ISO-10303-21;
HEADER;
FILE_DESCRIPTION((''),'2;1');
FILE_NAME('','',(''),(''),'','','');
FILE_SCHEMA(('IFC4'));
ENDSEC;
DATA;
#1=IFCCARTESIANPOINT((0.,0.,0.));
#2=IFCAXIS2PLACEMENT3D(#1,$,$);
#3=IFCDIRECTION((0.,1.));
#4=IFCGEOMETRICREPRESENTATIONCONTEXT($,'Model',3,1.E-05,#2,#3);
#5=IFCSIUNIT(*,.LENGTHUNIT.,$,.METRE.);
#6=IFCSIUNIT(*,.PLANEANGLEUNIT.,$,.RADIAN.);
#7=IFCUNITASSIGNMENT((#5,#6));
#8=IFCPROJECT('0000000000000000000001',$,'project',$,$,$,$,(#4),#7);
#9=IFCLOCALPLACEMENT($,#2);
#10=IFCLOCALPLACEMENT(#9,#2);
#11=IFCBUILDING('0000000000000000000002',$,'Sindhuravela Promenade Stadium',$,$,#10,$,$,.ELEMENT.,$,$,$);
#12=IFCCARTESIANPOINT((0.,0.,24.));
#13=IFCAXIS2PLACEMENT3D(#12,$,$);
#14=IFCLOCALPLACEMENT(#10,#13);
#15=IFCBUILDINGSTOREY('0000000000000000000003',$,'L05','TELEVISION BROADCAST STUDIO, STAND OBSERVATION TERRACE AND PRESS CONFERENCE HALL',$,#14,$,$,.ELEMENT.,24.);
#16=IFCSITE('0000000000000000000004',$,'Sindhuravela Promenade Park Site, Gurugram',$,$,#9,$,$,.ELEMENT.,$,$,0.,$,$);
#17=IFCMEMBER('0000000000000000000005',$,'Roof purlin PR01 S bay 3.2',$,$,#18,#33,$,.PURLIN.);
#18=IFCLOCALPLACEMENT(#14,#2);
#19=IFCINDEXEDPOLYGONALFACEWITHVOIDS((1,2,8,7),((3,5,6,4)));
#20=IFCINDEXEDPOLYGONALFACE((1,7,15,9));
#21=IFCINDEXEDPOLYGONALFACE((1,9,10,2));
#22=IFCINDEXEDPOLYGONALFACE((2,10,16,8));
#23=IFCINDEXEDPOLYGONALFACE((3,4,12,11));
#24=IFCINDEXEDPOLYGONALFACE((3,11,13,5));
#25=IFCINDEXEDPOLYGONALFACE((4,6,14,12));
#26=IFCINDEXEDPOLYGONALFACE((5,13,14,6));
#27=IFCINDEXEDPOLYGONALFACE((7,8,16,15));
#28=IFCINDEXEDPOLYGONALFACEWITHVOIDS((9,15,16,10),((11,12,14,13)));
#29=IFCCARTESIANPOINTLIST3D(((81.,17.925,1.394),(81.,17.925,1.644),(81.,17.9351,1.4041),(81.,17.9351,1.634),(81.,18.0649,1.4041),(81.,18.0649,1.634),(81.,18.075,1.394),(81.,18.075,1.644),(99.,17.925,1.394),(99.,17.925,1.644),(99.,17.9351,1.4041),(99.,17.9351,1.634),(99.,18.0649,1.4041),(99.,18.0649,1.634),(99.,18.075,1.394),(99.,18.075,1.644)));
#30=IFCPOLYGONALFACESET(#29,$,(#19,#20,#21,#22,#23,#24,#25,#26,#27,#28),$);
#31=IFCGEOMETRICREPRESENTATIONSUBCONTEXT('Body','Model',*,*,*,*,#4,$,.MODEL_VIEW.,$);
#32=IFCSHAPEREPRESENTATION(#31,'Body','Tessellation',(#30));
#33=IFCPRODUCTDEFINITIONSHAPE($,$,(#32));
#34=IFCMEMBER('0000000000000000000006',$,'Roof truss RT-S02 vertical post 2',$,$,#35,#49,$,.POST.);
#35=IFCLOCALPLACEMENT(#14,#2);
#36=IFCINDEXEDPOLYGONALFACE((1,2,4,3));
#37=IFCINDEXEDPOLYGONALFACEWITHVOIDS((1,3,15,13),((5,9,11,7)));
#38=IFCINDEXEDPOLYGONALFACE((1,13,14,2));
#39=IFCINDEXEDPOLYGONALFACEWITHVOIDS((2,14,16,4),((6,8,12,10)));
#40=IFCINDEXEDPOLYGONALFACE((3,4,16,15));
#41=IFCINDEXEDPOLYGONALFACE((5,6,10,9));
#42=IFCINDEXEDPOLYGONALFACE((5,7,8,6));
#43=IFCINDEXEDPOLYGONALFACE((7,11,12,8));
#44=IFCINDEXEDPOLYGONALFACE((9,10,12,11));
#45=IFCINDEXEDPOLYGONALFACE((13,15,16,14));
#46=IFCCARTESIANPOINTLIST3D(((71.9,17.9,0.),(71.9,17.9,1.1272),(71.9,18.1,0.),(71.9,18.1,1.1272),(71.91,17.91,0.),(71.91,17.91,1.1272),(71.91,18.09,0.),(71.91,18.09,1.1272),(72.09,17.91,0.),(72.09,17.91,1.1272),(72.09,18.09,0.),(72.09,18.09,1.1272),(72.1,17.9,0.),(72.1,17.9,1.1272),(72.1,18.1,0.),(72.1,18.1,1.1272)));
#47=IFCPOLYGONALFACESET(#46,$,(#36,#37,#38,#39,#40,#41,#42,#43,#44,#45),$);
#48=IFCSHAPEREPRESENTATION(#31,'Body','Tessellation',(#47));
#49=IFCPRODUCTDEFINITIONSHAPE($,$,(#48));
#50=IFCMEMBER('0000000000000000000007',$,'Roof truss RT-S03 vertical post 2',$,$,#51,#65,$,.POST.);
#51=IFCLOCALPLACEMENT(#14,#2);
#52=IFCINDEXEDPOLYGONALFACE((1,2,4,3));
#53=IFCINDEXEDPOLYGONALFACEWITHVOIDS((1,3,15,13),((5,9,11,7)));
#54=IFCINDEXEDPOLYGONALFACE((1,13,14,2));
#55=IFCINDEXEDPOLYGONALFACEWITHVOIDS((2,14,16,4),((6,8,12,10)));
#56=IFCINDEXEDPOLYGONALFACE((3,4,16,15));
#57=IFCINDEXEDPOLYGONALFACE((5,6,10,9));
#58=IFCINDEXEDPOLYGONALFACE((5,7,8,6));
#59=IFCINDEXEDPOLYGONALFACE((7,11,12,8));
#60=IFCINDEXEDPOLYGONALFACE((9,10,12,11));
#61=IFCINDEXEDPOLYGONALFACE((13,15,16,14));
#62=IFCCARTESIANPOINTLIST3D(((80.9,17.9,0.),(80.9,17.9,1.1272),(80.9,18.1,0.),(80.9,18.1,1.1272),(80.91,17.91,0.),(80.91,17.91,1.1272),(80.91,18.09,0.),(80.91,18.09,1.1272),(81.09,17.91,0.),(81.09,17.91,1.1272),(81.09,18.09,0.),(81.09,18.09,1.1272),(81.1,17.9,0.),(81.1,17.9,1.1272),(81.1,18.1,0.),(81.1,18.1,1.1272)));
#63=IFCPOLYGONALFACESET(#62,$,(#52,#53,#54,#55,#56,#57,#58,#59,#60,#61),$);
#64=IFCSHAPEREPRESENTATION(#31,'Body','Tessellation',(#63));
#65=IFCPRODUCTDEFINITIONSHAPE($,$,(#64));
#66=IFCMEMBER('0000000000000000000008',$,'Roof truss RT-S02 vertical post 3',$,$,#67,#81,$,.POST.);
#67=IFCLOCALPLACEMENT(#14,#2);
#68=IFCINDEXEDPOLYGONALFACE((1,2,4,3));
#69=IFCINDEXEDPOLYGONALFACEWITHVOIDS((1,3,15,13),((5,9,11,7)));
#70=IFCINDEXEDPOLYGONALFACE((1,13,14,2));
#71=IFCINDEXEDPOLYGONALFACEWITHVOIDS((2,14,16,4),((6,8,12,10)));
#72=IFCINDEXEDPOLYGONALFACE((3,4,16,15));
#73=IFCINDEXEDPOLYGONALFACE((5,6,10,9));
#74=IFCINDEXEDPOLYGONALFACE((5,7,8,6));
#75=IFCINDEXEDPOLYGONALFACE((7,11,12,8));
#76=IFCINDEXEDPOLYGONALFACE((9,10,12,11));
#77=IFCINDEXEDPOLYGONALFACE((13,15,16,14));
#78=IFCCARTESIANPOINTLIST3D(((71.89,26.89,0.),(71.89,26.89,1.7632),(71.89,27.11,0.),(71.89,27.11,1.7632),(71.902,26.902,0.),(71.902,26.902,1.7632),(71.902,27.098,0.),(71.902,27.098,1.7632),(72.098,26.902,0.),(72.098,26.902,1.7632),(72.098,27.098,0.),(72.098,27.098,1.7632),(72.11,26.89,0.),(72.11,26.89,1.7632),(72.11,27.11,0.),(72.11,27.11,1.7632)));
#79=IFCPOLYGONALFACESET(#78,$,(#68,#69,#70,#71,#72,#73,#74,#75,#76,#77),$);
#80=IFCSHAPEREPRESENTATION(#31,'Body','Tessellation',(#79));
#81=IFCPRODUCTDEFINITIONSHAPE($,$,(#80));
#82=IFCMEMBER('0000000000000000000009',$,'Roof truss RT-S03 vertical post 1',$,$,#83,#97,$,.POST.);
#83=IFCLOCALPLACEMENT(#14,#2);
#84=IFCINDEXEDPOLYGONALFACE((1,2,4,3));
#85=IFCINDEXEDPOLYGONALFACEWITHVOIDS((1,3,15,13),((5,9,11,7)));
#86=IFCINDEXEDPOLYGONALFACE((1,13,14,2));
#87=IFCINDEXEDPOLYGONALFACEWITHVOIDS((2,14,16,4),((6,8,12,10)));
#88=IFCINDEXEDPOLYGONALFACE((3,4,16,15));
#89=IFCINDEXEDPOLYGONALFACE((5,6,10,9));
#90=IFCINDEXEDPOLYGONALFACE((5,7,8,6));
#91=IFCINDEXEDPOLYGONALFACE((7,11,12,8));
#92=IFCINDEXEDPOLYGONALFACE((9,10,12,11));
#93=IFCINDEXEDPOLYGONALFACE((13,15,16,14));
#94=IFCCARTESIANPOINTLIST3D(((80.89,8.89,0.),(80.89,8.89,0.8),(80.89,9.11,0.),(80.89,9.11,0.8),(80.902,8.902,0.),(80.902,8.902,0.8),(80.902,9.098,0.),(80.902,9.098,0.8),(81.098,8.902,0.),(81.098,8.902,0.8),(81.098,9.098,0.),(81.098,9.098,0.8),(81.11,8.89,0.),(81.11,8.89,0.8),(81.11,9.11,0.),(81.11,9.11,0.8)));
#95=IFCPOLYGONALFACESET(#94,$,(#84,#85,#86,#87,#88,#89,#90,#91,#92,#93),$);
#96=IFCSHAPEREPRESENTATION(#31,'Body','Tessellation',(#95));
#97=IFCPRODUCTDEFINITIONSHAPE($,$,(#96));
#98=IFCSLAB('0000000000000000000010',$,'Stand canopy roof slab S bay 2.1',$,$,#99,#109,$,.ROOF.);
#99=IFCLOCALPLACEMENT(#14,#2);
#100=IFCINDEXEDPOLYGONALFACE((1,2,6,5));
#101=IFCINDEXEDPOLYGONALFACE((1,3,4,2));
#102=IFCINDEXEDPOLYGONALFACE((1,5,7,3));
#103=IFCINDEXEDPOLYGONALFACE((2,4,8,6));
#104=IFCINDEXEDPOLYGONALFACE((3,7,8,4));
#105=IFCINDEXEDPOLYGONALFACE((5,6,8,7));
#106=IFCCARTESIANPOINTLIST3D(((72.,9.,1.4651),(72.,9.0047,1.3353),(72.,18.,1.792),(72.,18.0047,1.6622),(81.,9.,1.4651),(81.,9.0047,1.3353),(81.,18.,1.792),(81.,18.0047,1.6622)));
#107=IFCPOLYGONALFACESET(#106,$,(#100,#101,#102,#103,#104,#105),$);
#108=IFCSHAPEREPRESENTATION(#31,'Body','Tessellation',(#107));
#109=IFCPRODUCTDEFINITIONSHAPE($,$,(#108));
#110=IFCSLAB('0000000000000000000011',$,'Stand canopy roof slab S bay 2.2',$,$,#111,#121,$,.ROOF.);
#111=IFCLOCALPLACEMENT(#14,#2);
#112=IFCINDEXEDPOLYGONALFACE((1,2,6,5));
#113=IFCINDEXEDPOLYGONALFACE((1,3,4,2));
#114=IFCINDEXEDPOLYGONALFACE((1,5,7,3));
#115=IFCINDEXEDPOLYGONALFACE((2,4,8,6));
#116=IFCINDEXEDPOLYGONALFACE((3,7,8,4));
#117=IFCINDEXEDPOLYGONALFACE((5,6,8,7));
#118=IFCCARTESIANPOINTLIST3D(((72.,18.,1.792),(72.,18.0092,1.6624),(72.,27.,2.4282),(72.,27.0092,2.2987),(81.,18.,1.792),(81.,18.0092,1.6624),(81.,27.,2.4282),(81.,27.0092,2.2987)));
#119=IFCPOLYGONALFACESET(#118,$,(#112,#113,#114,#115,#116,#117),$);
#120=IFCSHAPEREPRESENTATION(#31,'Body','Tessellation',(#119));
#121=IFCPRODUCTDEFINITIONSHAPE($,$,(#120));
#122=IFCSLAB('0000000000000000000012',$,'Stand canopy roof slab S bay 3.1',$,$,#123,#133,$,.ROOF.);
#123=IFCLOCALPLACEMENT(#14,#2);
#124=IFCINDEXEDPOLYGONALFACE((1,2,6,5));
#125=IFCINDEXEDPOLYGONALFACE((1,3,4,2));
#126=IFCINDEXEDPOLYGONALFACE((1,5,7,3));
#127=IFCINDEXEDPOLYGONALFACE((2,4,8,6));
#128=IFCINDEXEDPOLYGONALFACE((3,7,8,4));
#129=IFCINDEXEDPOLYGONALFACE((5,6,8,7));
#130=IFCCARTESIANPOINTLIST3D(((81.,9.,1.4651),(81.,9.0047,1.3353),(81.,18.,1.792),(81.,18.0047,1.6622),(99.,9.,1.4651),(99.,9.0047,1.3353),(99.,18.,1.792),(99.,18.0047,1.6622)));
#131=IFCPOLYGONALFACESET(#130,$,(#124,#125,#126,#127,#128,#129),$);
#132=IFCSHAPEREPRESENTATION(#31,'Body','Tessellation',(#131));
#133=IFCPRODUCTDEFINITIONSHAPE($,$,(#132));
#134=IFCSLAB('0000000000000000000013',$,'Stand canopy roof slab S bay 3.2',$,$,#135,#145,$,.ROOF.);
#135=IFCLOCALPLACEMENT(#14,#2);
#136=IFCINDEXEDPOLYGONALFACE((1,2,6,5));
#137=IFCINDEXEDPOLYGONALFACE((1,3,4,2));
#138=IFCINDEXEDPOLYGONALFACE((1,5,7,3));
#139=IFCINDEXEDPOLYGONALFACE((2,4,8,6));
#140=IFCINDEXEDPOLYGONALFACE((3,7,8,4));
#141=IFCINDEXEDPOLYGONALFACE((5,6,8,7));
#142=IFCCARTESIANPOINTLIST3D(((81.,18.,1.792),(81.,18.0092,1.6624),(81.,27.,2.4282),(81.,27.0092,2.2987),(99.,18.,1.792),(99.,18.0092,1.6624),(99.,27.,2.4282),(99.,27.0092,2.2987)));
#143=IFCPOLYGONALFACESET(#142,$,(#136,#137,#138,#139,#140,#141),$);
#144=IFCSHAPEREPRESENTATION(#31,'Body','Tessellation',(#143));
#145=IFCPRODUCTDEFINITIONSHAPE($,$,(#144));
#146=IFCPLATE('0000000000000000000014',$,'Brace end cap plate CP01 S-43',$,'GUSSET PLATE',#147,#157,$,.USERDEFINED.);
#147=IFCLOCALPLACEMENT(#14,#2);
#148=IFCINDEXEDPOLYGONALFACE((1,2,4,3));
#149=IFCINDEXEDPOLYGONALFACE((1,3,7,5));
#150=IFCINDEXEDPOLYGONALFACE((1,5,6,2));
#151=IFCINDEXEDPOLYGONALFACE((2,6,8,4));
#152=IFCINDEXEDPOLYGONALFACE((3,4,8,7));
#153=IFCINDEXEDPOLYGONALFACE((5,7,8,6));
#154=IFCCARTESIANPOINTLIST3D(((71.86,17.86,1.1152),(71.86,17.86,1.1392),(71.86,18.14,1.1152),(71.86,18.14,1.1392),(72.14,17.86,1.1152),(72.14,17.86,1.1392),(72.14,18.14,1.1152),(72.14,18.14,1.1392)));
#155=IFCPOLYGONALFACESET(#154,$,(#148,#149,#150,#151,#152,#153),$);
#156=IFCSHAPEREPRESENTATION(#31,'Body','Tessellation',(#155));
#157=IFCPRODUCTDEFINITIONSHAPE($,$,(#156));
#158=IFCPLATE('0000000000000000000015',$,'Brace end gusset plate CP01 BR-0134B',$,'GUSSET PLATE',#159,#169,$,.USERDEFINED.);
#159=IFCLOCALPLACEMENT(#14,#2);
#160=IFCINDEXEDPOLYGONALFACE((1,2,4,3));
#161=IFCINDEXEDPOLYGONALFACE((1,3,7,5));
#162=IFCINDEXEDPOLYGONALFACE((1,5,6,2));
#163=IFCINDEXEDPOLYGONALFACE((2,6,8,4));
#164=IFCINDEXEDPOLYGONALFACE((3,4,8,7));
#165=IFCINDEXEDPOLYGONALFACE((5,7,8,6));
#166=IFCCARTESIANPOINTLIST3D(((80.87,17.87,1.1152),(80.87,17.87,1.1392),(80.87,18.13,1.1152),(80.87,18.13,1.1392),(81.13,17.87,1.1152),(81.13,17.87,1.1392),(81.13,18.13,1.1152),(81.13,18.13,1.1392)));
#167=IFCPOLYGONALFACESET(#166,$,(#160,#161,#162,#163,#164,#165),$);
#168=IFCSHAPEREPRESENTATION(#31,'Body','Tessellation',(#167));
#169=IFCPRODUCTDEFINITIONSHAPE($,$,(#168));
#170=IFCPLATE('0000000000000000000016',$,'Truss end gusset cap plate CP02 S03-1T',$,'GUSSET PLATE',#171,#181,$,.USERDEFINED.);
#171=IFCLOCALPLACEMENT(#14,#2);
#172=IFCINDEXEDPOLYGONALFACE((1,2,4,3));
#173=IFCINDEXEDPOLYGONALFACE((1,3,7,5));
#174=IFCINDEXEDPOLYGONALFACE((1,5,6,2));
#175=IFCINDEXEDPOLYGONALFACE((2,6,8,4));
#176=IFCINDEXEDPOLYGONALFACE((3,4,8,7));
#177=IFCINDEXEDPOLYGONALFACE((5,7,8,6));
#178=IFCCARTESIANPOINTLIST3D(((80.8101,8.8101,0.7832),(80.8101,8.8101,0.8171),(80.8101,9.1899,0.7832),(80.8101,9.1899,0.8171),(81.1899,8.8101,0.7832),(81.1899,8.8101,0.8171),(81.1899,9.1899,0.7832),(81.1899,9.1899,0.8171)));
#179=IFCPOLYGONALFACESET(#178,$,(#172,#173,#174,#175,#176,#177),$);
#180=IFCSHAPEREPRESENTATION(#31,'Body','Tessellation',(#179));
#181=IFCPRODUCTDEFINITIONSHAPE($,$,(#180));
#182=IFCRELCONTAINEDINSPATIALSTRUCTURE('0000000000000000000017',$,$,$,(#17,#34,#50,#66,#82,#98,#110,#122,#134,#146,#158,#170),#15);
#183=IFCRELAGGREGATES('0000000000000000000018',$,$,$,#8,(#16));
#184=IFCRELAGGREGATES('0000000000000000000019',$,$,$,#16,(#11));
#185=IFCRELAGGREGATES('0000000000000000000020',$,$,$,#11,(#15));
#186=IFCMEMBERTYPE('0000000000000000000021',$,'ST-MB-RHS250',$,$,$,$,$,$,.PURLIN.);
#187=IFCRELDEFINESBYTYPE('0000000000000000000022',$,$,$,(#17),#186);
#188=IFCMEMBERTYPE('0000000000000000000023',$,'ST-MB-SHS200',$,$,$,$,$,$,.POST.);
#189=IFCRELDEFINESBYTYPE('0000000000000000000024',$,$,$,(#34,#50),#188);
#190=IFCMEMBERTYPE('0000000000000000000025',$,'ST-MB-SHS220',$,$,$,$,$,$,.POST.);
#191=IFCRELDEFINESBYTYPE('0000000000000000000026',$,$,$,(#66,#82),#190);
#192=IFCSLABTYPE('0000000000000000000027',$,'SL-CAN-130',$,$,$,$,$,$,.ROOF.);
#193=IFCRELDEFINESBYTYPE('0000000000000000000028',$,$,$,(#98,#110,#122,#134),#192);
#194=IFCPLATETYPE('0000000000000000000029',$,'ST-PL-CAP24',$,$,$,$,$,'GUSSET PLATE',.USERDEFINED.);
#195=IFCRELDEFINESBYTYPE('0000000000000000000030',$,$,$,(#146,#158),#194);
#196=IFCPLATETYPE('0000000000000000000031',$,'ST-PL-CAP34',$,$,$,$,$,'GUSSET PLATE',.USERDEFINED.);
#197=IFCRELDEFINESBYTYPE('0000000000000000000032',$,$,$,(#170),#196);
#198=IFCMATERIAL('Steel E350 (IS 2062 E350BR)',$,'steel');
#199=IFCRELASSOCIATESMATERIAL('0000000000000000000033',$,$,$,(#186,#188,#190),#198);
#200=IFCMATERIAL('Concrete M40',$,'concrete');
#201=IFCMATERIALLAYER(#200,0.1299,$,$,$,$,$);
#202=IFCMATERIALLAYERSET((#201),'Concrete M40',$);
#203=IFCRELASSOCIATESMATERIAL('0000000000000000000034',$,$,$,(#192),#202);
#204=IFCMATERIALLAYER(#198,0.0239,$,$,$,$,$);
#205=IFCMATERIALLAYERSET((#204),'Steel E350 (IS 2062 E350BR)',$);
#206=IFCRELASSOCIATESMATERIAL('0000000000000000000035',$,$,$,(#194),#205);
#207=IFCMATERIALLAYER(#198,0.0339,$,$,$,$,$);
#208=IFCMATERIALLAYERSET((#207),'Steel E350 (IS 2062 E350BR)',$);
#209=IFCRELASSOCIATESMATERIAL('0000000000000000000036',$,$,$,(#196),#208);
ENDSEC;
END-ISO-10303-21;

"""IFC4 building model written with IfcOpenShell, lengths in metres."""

from ifc_helpers import new_model, si_unit, direction, frame, origin, origin_2d, place, context, subcontext, project, spatial, polyline, rectangle, hollow_rectangle, outline, extrude, material, layer, layer_set, material_profile, profile_set, type_object, element, save


model = new_model("IFC4")

# Units and contexts
model_context = context("Model", 3, precision=1e-05, world=origin(), true_north=direction((0.0, 1.0)))
body_context = subcontext(model_context, "Body", "Model", "MODEL_VIEW")
ifc_project = project(units=[si_unit("LENGTHUNIT", "METRE"), si_unit("PLANEANGLEUNIT", "RADIAN")], contexts=[model_context])

# Site, building, storey
site_placement = place(None, origin())
site = spatial("IfcSite", under=ifc_project, at=site_placement, Name="Sindhuravela Promenade Park Site, Gurugram", CompositionType="ELEMENT", RefElevation=0.0)
building_placement = place(site_placement, origin())
building = spatial("IfcBuilding", under=site, at=building_placement, Name="Sindhuravela Promenade Stadium", CompositionType="ELEMENT")
storey_placement = place(building_placement, frame((0.0, 0.0, 24.0)))
storey = spatial("IfcBuildingStorey", under=building, at=storey_placement, Name="L05", Description="TELEVISION BROADCAST STUDIO, STAND OBSERVATION TERRACE AND PRESS CONFERENCE HALL", CompositionType="ELEMENT", Elevation=24.0)

# Shared definitions
ifc_material_1 = material(Name="Steel E350 (IS 2062 E350BR)", Category="steel")

# Members
ifc_material_profile_1 = material_profile(ifc_material_1, hollow_rectangle(XDim=0.1499, YDim=0.25, WallThickness=0.01, at=origin_2d()), Name="RHS 250x150x10")
ifc_profile_set_1 = profile_set([ifc_material_profile_1], Name="Steel E350 (IS 2062 E350BR)")
member_type_1 = type_object("IfcMemberType", Name="ST-MB-RHS250", PredefinedType="PURLIN", material=ifc_profile_set_1)
for number, where, z_axis, x_axis, name in (
    (1, (81.0, 18.0, 1.519), (1.0, 0.0, 0.0), (0.0, 1.0, 0.0), "Roof purlin PR01 S bay 3.2"),
):
    element("IfcMember", number, at=place(storey_placement, frame(where, z_axis=z_axis, x_axis=x_axis)), inside=storey, type_object=member_type_1, Name=name, PredefinedType="PURLIN", context=body_context, shape_type="SweptSolid", body=[
        extrude(hollow_rectangle(XDim=0.1499, YDim=0.25, WallThickness=0.01, at=origin_2d()), origin(), (0.0, 0.0, 1.0), 18.0),
    ])
ifc_material_profile_2 = material_profile(ifc_material_1, hollow_rectangle(XDim=0.2, YDim=0.2, WallThickness=0.01, at=origin_2d()), Name="SHS 200x200x10")
ifc_profile_set_2 = profile_set([ifc_material_profile_2], Name="Steel E350 (IS 2062 E350BR)")
member_type_2 = type_object("IfcMemberType", Name="ST-MB-SHS200", PredefinedType="POST", material=ifc_profile_set_2)
for number, where, z_axis, x_axis, name in (
    (2, (72.0, 18.0, 0.0), (0.0, 0.0, 1.0), (1.0, 0.0, 0.0), "Roof truss RT-S02 vertical post 2"),
    (3, (81.0, 18.0, 0.0), (0.0, 0.0, 1.0), (1.0, 0.0, 0.0), "Roof truss RT-S03 vertical post 2"),
):
    element("IfcMember", number, at=place(storey_placement, frame(where, z_axis=z_axis, x_axis=x_axis)), inside=storey, type_object=member_type_2, Name=name, PredefinedType="POST", context=body_context, shape_type="SweptSolid", body=[
        extrude(hollow_rectangle(XDim=0.2, YDim=0.2, WallThickness=0.01, at=origin_2d()), origin(), (0.0, 0.0, 1.0), 1.1272),
    ])
ifc_material_profile_3 = material_profile(ifc_material_1, hollow_rectangle(XDim=0.22, YDim=0.22, WallThickness=0.012, at=origin_2d()), Name="SHS 220x220x12")
ifc_profile_set_3 = profile_set([ifc_material_profile_3], Name="Steel E350 (IS 2062 E350BR)")
member_type_3 = type_object("IfcMemberType", Name="ST-MB-SHS220", PredefinedType="POST", material=ifc_profile_set_3)
member_1_placement = place(storey_placement, frame((72.0, 27.0, 0.0), z_axis=(0.0, 0.0, 1.0), x_axis=(1.0, 0.0, 0.0)))
element("IfcMember", 4, at=member_1_placement, inside=storey, type_object=member_type_3, Name="Roof truss RT-S02 vertical post 3", PredefinedType="POST", context=body_context, shape_type="SweptSolid", body=[
    extrude(hollow_rectangle(XDim=0.22, YDim=0.22, WallThickness=0.012, at=origin_2d()), origin(), (0.0, 0.0, 1.0), 1.7632),
])
member_2_placement = place(storey_placement, frame((81.0, 9.0, 0.0), z_axis=(0.0, 0.0, 1.0), x_axis=(1.0, 0.0, 0.0)))
element("IfcMember", 5, at=member_2_placement, inside=storey, type_object=member_type_3, Name="Roof truss RT-S03 vertical post 1", PredefinedType="POST", context=body_context, shape_type="SweptSolid", body=[
    extrude(hollow_rectangle(XDim=0.22, YDim=0.22, WallThickness=0.012, at=origin_2d()), origin(), (0.0, 0.0, 1.0), 0.8),
])

# Slabs
ifc_material_2 = material(Name="Concrete M40", Category="concrete")
ifc_layer_1 = layer(ifc_material_2, 0.1299)
ifc_layer_set_1 = layer_set([ifc_layer_1], Name="Concrete M40")
slab_type = type_object("IfcSlabType", Name="SL-CAN-130", PredefinedType="ROOF", material=ifc_layer_set_1)
slab_1_placement = place(storey_placement, frame((72.0, 9.0, 1.4651), z_axis=(0.0, -0.036299, 0.999341), x_axis=(1.0, 0.0, 0.0)))
element("IfcSlab", 6, at=slab_1_placement, inside=storey, type_object=slab_type, Name="Stand canopy roof slab S bay 2.1", PredefinedType="ROOF", context=body_context, shape_type="SweptSolid", body=[
    extrude(outline(polyline([(0.0, 0.0), (9.0, 0.0), (9.0, 9.0059), (0.0, 9.0059), (0.0, 0.0)])), origin(), (0.0, 0.0, -1.0), 0.1299),
])
slab_2_placement = place(storey_placement, frame((72.0, 18.0, 1.792), z_axis=(0.0, -0.070516, 0.997511), x_axis=(1.0, 0.0, 0.0)))
element("IfcSlab", 7, at=slab_2_placement, inside=storey, type_object=slab_type, Name="Stand canopy roof slab S bay 2.2", PredefinedType="ROOF", context=body_context, shape_type="SweptSolid", body=[
    extrude(outline(polyline([(0.0, 0.0), (9.0, 0.0), (9.0, 9.0225), (0.0, 9.0225), (0.0, 0.0)])), origin(), (0.0, 0.0, -1.0), 0.1299),
])
slab_3_placement = place(storey_placement, frame((81.0, 9.0, 1.4651), z_axis=(0.0, -0.036299, 0.999341), x_axis=(1.0, 0.0, 0.0)))
element("IfcSlab", 8, at=slab_3_placement, inside=storey, type_object=slab_type, Name="Stand canopy roof slab S bay 3.1", PredefinedType="ROOF", context=body_context, shape_type="SweptSolid", body=[
    extrude(outline(polyline([(0.0, 0.0), (18.0, 0.0), (18.0, 9.0059), (0.0, 9.0059), (0.0, 0.0)])), origin(), (0.0, 0.0, -1.0), 0.1299),
])
slab_4_placement = place(storey_placement, frame((81.0, 18.0, 1.792), z_axis=(0.0, -0.070516, 0.997511), x_axis=(1.0, 0.0, 0.0)))
element("IfcSlab", 9, at=slab_4_placement, inside=storey, type_object=slab_type, Name="Stand canopy roof slab S bay 3.2", PredefinedType="ROOF", context=body_context, shape_type="SweptSolid", body=[
    extrude(outline(polyline([(0.0, 0.0), (18.0, 0.0), (18.0, 9.0225), (0.0, 9.0225), (0.0, 0.0)])), origin(), (0.0, 0.0, -1.0), 0.1299),
])

# Plates
ifc_layer_2 = layer(ifc_material_1, 0.0239)
ifc_layer_set_2 = layer_set([ifc_layer_2], Name="Steel E350 (IS 2062 E350BR)")
plate_type_1 = type_object("IfcPlateType", Name="ST-PL-CAP24", ElementType="GUSSET PLATE", PredefinedType="USERDEFINED", material=ifc_layer_set_2)
plate_1_placement = place(storey_placement, frame((72.0, 18.0, 1.1152), z_axis=(0.0, 0.0, 1.0), x_axis=(1.0, 0.0, 0.0)))
element("IfcPlate", 10, at=plate_1_placement, inside=storey, type_object=plate_type_1, Name="Brace end cap plate CP01 S-43", ObjectType="GUSSET PLATE", PredefinedType="USERDEFINED", context=body_context, shape_type="SweptSolid", body=[
    extrude(rectangle(XDim=0.28, YDim=0.28, at=origin_2d()), origin(), (0.0, 0.0, 1.0), 0.0239),
])
plate_2_placement = place(storey_placement, frame((81.0, 18.0, 1.1152), z_axis=(0.0, 0.0, 1.0), x_axis=(1.0, 0.0, 0.0)))
element("IfcPlate", 11, at=plate_2_placement, inside=storey, type_object=plate_type_1, Name="Brace end gusset plate CP01 BR-0134B", ObjectType="GUSSET PLATE", PredefinedType="USERDEFINED", context=body_context, shape_type="SweptSolid", body=[
    extrude(rectangle(XDim=0.26, YDim=0.26, at=origin_2d()), origin(), (0.0, 0.0, 1.0), 0.0239),
])
ifc_layer_3 = layer(ifc_material_1, 0.0339)
ifc_layer_set_3 = layer_set([ifc_layer_3], Name="Steel E350 (IS 2062 E350BR)")
plate_type_2 = type_object("IfcPlateType", Name="ST-PL-CAP34", ElementType="GUSSET PLATE", PredefinedType="USERDEFINED", material=ifc_layer_set_3)
for number, where, z_axis, x_axis, name in (
    (12, (81.0, 9.0, 0.7832), (0.0, 0.0, 1.0), (1.0, 0.0, 0.0), "Truss end gusset cap plate CP02 S03-1T"),
):
    element("IfcPlate", number, at=place(storey_placement, frame(where, z_axis=z_axis, x_axis=x_axis)), inside=storey, type_object=plate_type_2, Name=name, ObjectType="GUSSET PLATE", PredefinedType="USERDEFINED", context=body_context, shape_type="SweptSolid", body=[
        extrude(rectangle(XDim=0.3799, YDim=0.3799, at=origin_2d()), origin(), (0.0, 0.0, 1.0), 0.0339),
    ])

save(model, "model.ifc")
